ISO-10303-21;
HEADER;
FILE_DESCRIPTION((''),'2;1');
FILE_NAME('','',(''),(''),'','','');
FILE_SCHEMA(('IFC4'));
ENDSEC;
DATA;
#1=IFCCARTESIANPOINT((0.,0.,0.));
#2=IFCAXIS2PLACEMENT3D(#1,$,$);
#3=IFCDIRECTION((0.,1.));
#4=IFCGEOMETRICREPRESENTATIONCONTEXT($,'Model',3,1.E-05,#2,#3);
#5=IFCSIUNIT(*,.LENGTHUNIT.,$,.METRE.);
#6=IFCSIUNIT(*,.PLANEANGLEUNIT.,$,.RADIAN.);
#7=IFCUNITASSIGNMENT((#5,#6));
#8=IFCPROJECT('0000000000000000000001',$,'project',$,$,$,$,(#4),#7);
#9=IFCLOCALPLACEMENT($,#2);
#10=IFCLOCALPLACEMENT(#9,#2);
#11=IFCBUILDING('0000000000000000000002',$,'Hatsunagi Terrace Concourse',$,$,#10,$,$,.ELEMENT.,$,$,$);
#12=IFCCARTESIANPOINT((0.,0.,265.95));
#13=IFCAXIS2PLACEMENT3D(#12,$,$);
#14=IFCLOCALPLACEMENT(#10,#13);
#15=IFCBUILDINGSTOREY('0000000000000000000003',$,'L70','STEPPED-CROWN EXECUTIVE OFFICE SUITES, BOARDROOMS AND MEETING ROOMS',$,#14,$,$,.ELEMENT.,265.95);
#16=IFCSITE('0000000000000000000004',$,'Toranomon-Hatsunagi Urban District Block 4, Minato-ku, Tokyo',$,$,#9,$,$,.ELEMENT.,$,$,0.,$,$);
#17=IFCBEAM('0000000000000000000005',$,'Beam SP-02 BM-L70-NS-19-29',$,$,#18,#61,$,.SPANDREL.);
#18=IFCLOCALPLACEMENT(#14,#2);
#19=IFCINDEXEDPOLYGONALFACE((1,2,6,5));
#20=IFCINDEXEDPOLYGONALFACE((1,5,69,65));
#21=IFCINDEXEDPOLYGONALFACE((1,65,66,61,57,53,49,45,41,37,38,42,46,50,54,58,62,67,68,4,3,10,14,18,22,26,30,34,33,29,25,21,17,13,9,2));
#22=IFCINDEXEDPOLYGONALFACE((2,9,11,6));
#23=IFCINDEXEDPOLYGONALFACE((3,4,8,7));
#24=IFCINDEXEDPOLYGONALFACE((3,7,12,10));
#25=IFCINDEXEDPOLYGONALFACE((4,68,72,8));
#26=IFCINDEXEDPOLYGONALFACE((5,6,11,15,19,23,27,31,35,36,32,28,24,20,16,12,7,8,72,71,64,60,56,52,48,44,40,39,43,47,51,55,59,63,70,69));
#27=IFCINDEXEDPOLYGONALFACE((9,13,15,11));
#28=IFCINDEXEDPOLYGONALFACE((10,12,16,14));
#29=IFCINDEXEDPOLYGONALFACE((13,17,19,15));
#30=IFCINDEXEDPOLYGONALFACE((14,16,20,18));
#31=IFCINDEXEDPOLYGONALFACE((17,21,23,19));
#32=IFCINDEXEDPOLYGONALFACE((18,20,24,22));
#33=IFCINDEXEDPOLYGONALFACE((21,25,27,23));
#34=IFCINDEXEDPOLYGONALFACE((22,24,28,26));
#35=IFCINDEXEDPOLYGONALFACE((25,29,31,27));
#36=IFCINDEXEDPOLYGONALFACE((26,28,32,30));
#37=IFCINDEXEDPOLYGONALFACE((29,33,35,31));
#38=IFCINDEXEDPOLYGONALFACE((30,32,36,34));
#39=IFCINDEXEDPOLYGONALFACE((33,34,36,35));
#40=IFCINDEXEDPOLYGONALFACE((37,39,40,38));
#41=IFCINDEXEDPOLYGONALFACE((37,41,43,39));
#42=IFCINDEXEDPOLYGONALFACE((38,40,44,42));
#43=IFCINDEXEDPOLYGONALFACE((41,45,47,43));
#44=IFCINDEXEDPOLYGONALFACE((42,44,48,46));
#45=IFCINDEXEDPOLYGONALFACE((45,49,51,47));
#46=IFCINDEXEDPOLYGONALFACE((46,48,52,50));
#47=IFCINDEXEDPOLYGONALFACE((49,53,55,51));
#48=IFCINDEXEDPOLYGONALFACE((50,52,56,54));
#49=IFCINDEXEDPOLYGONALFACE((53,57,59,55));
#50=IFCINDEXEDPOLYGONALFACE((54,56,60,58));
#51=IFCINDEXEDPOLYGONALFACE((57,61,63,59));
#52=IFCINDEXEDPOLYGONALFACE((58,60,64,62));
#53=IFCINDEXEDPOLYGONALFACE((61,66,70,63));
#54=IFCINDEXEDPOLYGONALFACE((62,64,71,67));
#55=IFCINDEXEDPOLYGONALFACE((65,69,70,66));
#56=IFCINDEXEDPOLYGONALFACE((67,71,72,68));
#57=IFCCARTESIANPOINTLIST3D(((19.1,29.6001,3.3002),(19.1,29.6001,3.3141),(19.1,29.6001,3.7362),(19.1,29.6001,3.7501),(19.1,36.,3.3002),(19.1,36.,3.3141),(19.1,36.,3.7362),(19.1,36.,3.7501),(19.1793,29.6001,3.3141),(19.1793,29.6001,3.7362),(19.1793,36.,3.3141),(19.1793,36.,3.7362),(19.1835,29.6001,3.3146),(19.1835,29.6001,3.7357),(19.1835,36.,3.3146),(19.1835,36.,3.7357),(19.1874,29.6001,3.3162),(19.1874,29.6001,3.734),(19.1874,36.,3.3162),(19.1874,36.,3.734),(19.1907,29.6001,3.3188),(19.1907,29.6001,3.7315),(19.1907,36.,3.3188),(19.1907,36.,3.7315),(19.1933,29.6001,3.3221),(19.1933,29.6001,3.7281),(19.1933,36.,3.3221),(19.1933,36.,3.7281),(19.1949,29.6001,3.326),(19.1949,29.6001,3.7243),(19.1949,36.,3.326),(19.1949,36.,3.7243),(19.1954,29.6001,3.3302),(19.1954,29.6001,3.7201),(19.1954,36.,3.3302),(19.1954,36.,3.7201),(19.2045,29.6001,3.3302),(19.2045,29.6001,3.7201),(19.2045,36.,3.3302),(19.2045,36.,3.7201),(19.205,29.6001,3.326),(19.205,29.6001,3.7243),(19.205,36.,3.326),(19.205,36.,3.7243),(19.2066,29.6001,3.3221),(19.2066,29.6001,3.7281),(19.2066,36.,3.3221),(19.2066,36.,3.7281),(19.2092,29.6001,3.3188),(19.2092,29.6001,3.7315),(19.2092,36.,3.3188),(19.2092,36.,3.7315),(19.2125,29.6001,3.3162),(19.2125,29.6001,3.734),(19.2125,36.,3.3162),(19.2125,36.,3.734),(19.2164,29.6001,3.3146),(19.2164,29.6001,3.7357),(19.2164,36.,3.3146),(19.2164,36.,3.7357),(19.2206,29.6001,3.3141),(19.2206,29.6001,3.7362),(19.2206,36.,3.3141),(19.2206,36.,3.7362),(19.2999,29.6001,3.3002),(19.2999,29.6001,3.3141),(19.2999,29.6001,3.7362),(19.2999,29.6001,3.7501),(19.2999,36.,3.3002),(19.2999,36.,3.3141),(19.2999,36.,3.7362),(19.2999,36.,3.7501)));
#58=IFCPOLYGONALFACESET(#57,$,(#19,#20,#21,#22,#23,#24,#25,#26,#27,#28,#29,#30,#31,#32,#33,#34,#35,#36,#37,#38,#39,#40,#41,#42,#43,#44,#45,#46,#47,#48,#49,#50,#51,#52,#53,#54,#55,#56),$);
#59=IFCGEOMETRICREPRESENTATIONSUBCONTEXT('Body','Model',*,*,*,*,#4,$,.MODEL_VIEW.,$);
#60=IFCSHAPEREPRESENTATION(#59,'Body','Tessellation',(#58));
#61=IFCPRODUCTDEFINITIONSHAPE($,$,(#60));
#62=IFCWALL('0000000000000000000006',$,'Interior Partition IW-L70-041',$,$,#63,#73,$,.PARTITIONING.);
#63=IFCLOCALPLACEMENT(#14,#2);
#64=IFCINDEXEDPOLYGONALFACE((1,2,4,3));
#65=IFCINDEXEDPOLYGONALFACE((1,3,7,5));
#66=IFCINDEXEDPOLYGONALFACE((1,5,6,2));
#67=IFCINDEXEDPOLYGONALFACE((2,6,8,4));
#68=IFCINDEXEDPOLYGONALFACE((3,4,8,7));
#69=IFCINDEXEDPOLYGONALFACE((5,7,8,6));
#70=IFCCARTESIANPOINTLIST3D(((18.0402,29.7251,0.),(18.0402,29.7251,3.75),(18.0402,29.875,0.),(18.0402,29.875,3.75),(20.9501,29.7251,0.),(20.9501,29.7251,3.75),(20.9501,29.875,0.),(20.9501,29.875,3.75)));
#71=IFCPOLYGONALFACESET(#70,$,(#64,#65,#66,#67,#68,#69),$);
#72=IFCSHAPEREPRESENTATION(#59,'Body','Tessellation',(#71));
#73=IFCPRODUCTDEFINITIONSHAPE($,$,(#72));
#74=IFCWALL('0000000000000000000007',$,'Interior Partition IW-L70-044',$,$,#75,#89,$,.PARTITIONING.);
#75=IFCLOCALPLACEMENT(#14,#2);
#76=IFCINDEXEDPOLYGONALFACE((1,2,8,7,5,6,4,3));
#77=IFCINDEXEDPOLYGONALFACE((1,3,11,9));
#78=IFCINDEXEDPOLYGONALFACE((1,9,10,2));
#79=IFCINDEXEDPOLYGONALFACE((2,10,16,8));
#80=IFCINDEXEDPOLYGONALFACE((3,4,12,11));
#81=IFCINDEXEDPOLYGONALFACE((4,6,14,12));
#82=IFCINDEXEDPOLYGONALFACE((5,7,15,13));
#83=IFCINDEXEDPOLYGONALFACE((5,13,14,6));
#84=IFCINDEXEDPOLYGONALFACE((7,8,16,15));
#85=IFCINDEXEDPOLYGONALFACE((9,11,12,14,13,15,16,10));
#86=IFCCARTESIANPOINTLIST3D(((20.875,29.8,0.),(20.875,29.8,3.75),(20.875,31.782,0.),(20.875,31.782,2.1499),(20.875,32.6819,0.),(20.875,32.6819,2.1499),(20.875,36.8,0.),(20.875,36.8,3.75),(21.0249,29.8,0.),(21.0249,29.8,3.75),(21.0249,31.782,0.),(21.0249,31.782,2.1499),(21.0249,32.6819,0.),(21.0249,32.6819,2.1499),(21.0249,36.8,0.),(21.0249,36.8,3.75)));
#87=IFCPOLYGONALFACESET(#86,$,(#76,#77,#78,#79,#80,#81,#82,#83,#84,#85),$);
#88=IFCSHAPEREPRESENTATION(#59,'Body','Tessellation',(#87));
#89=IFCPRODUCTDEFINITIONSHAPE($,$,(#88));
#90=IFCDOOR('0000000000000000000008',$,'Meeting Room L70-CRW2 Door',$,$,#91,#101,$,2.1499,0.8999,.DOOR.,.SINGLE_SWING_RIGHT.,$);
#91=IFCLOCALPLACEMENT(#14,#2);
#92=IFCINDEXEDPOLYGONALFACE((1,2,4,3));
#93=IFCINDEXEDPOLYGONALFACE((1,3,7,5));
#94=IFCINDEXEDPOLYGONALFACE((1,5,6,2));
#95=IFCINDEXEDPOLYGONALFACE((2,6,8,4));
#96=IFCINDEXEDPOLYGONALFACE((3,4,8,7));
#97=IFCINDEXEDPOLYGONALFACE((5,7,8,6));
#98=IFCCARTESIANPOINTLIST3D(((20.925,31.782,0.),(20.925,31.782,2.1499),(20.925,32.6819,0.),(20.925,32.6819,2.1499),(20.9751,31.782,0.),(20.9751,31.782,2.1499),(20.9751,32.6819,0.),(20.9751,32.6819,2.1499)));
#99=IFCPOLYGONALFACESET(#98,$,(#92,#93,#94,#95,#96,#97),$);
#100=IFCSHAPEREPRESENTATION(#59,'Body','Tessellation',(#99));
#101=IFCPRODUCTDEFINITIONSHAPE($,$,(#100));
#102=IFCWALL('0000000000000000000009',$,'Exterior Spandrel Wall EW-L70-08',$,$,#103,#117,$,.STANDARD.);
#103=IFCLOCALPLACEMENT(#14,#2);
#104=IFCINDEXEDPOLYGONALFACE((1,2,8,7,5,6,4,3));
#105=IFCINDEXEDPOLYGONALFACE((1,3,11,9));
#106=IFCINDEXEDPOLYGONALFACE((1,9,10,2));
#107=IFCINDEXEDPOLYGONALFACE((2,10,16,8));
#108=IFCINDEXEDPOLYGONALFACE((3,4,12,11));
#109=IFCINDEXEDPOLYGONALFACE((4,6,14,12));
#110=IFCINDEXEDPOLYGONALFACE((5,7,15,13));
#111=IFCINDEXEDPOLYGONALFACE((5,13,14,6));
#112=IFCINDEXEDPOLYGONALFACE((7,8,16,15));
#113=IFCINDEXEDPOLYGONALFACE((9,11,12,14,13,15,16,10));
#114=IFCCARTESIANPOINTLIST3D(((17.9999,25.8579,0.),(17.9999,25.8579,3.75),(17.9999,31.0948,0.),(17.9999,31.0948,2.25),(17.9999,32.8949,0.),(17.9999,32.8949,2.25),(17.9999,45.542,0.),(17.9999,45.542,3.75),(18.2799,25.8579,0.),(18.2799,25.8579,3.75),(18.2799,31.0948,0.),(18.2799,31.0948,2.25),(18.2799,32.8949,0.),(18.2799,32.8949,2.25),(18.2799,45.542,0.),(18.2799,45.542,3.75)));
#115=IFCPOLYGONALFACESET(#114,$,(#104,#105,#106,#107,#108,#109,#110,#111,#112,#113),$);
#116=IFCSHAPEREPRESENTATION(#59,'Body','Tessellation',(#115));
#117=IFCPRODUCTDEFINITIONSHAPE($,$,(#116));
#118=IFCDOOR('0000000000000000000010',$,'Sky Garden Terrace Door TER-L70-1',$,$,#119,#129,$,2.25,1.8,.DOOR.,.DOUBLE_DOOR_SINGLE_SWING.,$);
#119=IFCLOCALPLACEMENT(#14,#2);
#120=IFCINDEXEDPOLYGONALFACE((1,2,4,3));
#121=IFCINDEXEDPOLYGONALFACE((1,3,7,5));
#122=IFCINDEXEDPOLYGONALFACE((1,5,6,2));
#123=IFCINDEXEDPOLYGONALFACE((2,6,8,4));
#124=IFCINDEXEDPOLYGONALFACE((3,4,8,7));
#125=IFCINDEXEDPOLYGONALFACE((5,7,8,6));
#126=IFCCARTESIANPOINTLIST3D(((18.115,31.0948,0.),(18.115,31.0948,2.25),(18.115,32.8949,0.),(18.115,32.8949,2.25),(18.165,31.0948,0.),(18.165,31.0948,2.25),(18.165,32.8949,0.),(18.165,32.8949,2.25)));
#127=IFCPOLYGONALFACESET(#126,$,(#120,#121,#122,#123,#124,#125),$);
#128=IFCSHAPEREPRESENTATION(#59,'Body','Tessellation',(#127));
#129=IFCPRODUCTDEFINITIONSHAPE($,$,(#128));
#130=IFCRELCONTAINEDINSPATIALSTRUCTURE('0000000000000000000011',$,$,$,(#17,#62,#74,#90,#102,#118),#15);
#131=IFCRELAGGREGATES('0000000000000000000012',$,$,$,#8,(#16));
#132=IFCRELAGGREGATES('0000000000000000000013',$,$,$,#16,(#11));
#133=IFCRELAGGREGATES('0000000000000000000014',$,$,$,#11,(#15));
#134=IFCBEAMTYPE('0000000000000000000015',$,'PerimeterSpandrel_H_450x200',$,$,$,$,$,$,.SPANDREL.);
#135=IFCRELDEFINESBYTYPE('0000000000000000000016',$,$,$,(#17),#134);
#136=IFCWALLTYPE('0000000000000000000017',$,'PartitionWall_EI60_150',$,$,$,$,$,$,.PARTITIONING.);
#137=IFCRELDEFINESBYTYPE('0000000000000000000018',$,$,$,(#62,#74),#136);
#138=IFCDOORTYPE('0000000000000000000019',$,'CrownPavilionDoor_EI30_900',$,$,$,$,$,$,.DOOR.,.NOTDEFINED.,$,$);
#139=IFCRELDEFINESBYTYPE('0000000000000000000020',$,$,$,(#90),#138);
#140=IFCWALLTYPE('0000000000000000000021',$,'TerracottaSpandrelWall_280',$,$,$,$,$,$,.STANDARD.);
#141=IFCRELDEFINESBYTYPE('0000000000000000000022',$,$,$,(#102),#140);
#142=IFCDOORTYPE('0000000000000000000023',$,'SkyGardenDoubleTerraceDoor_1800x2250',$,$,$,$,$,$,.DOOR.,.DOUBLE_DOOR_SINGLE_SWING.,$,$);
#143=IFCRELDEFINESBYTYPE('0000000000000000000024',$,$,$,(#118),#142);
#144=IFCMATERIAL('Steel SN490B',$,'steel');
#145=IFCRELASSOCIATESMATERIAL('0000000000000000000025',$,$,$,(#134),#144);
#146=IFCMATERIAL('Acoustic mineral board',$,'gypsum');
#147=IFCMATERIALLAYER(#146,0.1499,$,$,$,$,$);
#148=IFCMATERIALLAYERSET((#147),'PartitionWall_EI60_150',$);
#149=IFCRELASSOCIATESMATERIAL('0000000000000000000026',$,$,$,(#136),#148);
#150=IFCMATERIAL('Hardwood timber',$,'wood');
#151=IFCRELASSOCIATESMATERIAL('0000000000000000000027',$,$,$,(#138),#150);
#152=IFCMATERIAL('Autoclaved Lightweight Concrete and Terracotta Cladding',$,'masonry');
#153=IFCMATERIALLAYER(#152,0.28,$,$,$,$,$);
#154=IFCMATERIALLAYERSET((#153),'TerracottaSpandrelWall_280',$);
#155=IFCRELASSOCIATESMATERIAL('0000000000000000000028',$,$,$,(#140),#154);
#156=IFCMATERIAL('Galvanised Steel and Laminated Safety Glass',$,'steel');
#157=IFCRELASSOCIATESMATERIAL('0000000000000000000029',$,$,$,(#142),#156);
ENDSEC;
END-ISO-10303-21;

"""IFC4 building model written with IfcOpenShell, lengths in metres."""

from ifc_helpers import new_model, si_unit, direction, frame, frame_2d, origin, origin_2d, place, context, subcontext, project, spatial, rectangle, i_section, extrude, material, layer, layer_set, material_profile, profile_set, type_object, element, fill, save


model = new_model("IFC4")

# Units and contexts
model_context = context("Model", 3, precision=1e-05, world=origin(), true_north=direction((0.0, 1.0)))
body_context = subcontext(model_context, "Body", "Model", "MODEL_VIEW")
ifc_project = project(units=[si_unit("LENGTHUNIT", "METRE"), si_unit("PLANEANGLEUNIT", "RADIAN")], contexts=[model_context])

# Site, building, storey
site_placement = place(None, origin())
site = spatial("IfcSite", under=ifc_project, at=site_placement, Name="Toranomon-Hatsunagi Urban District Block 4, Minato-ku, Tokyo", CompositionType="ELEMENT", RefElevation=0.0)
building_placement = place(site_placement, origin())
building = spatial("IfcBuilding", under=site, at=building_placement, Name="Hatsunagi Terrace Concourse", CompositionType="ELEMENT")
storey_placement = place(building_placement, frame((0.0, 0.0, 265.95)))
storey = spatial("IfcBuildingStorey", under=building, at=storey_placement, Name="L70", Description="STEPPED-CROWN EXECUTIVE OFFICE SUITES, BOARDROOMS AND MEETING ROOMS", CompositionType="ELEMENT", Elevation=265.95)

# Beam
ifc_material_1 = material(Name="Steel SN490B", Category="steel")
ifc_material_profile_1 = material_profile(ifc_material_1, i_section(OverallWidth=0.2, OverallDepth=0.45, WebThickness=0.009, FlangeThickness=0.0139, FilletRadius=0.0161, at=origin_2d()), Name="H-450x200x9x14")
ifc_profile_set_1 = profile_set([ifc_material_profile_1], Name="Steel SN490B")
beam_type_1 = type_object("IfcBeamType", Name="PerimeterSpandrel_H_450x200", PredefinedType="SPANDREL", material=ifc_profile_set_1)
beam_placement = place(storey_placement, frame((19.2, 29.6001, 3.5251), z_axis=(0.0, 1.0, 0.0), x_axis=(-1.0, 0.0, 0.0)))
element("IfcBeam", 1, at=beam_placement, inside=storey, type_object=beam_type_1, Name="Beam SP-02 BM-L70-NS-19-29", PredefinedType="SPANDREL", context=body_context, shape_type="SweptSolid", body=[
    extrude(i_section(OverallWidth=0.2, OverallDepth=0.45, WebThickness=0.009, FlangeThickness=0.0139, FilletRadius=0.0161, at=origin_2d()), origin(), (0.0, 0.0, 1.0), 6.3999),
])

# Wall
ifc_material_2 = material(Name="Acoustic mineral board", Category="gypsum")
ifc_layer_1 = layer(ifc_material_2, 0.1499)
ifc_layer_set_1 = layer_set([ifc_layer_1], Name="PartitionWall_EI60_150")
wall_type_1 = type_object("IfcWallType", Name="PartitionWall_EI60_150", PredefinedType="PARTITIONING", material=ifc_layer_set_1)
wall_1_placement = place(storey_placement, frame((18.04, 29.8, 0.0), z_axis=(0.0, 0.0, 1.0), x_axis=(1.0, 0.0, 0.0)))
element("IfcWall", 2, at=wall_1_placement, inside=storey, type_object=wall_type_1, Name="Interior Partition IW-L70-041", PredefinedType="PARTITIONING", context=body_context, shape_type="SweptSolid", body=[
    extrude(rectangle(XDim=2.9099, YDim=0.1499, at=frame_2d((1.4551, 0.0))), origin(), (0.0, 0.0, 1.0), 3.75),
])

# Walls, openings, doors
wall_2_placement = place(storey_placement, frame((20.95, 29.8, 0.0), z_axis=(0.0, 0.0, 1.0), x_axis=(0.0, 1.0, 0.0)))
wall_2 = element("IfcWall", 3, at=wall_2_placement, inside=storey, type_object=wall_type_1, Name="Interior Partition IW-L70-044", PredefinedType="PARTITIONING", context=body_context, shape_type="SweptSolid", body=[
    extrude(rectangle(XDim=7.0, YDim=0.1499, at=frame_2d((3.5, 0.0))), origin(), (0.0, 0.0, 1.0), 3.75),
])
opening_1_placement = place(wall_2_placement, frame((1.9819, 0.0, 0.0)))
opening_1 = element("IfcOpeningElement", 4, at=opening_1_placement, cuts=wall_2, PredefinedType="OPENING", context=body_context, shape_type="SweptSolid", body=[
    extrude(rectangle(XDim=0.8999, YDim=2.1499, at=frame_2d((0.45, 1.075))), frame((0.0, 0.085, 0.0), z_axis=(0.0, -1.0, 0.0), x_axis=(1.0, 0.0, 0.0)), (0.0, 0.0, 1.0), 0.1699),
])
ifc_material_3 = material(Name="Hardwood timber", Category="wood")
door_type_1 = type_object("IfcDoorType", Name="CrownPavilionDoor_EI30_900", OperationType="NOTDEFINED", PredefinedType="DOOR", material=ifc_material_3)
door_1_placement = place(opening_1_placement, origin())
door_1 = element("IfcDoor", 5, at=door_1_placement, inside=storey, type_object=door_type_1, Name="Meeting Room L70-CRW2 Door", OperationType="SINGLE_SWING_RIGHT", OverallHeight=2.1499, OverallWidth=0.8999, PredefinedType="DOOR", context=body_context, shape_type="SweptSolid", body=[
    extrude(rectangle(XDim=0.8999, YDim=2.1499, at=frame_2d((0.45, 1.075))), frame((0.0, 0.0249, 0.0), z_axis=(0.0, -1.0, 0.0), x_axis=(1.0, 0.0, 0.0)), (0.0, 0.0, 1.0), 0.05),
])
fill(opening_1, door_1)
ifc_material_4 = material(Name="Autoclaved Lightweight Concrete and Terracotta Cladding", Category="masonry")
ifc_layer_2 = layer(ifc_material_4, 0.28)
ifc_layer_set_2 = layer_set([ifc_layer_2], Name="TerracottaSpandrelWall_280")
wall_type_2 = type_object("IfcWallType", Name="TerracottaSpandrelWall_280", PredefinedType="STANDARD", material=ifc_layer_set_2)
wall_3_placement = place(storey_placement, frame((18.1399, 25.8579, 0.0), z_axis=(0.0, 0.0, 1.0), x_axis=(0.0, 1.0, 0.0)))
wall_3 = element("IfcWall", 6, at=wall_3_placement, inside=storey, type_object=wall_type_2, Name="Exterior Spandrel Wall EW-L70-08", PredefinedType="STANDARD", context=body_context, shape_type="SweptSolid", body=[
    extrude(rectangle(XDim=19.6841, YDim=0.28, at=frame_2d((9.842, 0.0))), origin(), (0.0, 0.0, 1.0), 3.75),
])
opening_2_placement = place(wall_3_placement, frame((5.2371, 0.0, 0.0)))
opening_2 = element("IfcOpeningElement", 7, at=opening_2_placement, cuts=wall_3, PredefinedType="OPENING", context=body_context, shape_type="SweptSolid", body=[
    extrude(rectangle(XDim=1.8, YDim=2.25, at=frame_2d((0.8999, 1.125))), frame((0.0, 0.1499, 0.0), z_axis=(0.0, -1.0, 0.0), x_axis=(1.0, 0.0, 0.0)), (0.0, 0.0, 1.0), 0.3),
])
ifc_material_5 = material(Name="Galvanised Steel and Laminated Safety Glass", Category="steel")
door_type_2 = type_object("IfcDoorType", Name="SkyGardenDoubleTerraceDoor_1800x2250", OperationType="DOUBLE_DOOR_SINGLE_SWING", PredefinedType="DOOR", material=ifc_material_5)
door_2_placement = place(opening_2_placement, origin())
door_2 = element("IfcDoor", 8, at=door_2_placement, inside=storey, type_object=door_type_2, Name="Sky Garden Terrace Door TER-L70-1", OperationType="DOUBLE_DOOR_SINGLE_SWING", OverallHeight=2.25, OverallWidth=1.8, PredefinedType="DOOR", context=body_context, shape_type="SweptSolid", body=[
    extrude(rectangle(XDim=1.8, YDim=2.25, at=frame_2d((0.8999, 1.125))), frame((0.0, 0.0249, 0.0), z_axis=(0.0, -1.0, 0.0), x_axis=(1.0, 0.0, 0.0)), (0.0, 0.0, 1.0), 0.05),
])
fill(opening_2, door_2)

save(model, "model.ifc")
